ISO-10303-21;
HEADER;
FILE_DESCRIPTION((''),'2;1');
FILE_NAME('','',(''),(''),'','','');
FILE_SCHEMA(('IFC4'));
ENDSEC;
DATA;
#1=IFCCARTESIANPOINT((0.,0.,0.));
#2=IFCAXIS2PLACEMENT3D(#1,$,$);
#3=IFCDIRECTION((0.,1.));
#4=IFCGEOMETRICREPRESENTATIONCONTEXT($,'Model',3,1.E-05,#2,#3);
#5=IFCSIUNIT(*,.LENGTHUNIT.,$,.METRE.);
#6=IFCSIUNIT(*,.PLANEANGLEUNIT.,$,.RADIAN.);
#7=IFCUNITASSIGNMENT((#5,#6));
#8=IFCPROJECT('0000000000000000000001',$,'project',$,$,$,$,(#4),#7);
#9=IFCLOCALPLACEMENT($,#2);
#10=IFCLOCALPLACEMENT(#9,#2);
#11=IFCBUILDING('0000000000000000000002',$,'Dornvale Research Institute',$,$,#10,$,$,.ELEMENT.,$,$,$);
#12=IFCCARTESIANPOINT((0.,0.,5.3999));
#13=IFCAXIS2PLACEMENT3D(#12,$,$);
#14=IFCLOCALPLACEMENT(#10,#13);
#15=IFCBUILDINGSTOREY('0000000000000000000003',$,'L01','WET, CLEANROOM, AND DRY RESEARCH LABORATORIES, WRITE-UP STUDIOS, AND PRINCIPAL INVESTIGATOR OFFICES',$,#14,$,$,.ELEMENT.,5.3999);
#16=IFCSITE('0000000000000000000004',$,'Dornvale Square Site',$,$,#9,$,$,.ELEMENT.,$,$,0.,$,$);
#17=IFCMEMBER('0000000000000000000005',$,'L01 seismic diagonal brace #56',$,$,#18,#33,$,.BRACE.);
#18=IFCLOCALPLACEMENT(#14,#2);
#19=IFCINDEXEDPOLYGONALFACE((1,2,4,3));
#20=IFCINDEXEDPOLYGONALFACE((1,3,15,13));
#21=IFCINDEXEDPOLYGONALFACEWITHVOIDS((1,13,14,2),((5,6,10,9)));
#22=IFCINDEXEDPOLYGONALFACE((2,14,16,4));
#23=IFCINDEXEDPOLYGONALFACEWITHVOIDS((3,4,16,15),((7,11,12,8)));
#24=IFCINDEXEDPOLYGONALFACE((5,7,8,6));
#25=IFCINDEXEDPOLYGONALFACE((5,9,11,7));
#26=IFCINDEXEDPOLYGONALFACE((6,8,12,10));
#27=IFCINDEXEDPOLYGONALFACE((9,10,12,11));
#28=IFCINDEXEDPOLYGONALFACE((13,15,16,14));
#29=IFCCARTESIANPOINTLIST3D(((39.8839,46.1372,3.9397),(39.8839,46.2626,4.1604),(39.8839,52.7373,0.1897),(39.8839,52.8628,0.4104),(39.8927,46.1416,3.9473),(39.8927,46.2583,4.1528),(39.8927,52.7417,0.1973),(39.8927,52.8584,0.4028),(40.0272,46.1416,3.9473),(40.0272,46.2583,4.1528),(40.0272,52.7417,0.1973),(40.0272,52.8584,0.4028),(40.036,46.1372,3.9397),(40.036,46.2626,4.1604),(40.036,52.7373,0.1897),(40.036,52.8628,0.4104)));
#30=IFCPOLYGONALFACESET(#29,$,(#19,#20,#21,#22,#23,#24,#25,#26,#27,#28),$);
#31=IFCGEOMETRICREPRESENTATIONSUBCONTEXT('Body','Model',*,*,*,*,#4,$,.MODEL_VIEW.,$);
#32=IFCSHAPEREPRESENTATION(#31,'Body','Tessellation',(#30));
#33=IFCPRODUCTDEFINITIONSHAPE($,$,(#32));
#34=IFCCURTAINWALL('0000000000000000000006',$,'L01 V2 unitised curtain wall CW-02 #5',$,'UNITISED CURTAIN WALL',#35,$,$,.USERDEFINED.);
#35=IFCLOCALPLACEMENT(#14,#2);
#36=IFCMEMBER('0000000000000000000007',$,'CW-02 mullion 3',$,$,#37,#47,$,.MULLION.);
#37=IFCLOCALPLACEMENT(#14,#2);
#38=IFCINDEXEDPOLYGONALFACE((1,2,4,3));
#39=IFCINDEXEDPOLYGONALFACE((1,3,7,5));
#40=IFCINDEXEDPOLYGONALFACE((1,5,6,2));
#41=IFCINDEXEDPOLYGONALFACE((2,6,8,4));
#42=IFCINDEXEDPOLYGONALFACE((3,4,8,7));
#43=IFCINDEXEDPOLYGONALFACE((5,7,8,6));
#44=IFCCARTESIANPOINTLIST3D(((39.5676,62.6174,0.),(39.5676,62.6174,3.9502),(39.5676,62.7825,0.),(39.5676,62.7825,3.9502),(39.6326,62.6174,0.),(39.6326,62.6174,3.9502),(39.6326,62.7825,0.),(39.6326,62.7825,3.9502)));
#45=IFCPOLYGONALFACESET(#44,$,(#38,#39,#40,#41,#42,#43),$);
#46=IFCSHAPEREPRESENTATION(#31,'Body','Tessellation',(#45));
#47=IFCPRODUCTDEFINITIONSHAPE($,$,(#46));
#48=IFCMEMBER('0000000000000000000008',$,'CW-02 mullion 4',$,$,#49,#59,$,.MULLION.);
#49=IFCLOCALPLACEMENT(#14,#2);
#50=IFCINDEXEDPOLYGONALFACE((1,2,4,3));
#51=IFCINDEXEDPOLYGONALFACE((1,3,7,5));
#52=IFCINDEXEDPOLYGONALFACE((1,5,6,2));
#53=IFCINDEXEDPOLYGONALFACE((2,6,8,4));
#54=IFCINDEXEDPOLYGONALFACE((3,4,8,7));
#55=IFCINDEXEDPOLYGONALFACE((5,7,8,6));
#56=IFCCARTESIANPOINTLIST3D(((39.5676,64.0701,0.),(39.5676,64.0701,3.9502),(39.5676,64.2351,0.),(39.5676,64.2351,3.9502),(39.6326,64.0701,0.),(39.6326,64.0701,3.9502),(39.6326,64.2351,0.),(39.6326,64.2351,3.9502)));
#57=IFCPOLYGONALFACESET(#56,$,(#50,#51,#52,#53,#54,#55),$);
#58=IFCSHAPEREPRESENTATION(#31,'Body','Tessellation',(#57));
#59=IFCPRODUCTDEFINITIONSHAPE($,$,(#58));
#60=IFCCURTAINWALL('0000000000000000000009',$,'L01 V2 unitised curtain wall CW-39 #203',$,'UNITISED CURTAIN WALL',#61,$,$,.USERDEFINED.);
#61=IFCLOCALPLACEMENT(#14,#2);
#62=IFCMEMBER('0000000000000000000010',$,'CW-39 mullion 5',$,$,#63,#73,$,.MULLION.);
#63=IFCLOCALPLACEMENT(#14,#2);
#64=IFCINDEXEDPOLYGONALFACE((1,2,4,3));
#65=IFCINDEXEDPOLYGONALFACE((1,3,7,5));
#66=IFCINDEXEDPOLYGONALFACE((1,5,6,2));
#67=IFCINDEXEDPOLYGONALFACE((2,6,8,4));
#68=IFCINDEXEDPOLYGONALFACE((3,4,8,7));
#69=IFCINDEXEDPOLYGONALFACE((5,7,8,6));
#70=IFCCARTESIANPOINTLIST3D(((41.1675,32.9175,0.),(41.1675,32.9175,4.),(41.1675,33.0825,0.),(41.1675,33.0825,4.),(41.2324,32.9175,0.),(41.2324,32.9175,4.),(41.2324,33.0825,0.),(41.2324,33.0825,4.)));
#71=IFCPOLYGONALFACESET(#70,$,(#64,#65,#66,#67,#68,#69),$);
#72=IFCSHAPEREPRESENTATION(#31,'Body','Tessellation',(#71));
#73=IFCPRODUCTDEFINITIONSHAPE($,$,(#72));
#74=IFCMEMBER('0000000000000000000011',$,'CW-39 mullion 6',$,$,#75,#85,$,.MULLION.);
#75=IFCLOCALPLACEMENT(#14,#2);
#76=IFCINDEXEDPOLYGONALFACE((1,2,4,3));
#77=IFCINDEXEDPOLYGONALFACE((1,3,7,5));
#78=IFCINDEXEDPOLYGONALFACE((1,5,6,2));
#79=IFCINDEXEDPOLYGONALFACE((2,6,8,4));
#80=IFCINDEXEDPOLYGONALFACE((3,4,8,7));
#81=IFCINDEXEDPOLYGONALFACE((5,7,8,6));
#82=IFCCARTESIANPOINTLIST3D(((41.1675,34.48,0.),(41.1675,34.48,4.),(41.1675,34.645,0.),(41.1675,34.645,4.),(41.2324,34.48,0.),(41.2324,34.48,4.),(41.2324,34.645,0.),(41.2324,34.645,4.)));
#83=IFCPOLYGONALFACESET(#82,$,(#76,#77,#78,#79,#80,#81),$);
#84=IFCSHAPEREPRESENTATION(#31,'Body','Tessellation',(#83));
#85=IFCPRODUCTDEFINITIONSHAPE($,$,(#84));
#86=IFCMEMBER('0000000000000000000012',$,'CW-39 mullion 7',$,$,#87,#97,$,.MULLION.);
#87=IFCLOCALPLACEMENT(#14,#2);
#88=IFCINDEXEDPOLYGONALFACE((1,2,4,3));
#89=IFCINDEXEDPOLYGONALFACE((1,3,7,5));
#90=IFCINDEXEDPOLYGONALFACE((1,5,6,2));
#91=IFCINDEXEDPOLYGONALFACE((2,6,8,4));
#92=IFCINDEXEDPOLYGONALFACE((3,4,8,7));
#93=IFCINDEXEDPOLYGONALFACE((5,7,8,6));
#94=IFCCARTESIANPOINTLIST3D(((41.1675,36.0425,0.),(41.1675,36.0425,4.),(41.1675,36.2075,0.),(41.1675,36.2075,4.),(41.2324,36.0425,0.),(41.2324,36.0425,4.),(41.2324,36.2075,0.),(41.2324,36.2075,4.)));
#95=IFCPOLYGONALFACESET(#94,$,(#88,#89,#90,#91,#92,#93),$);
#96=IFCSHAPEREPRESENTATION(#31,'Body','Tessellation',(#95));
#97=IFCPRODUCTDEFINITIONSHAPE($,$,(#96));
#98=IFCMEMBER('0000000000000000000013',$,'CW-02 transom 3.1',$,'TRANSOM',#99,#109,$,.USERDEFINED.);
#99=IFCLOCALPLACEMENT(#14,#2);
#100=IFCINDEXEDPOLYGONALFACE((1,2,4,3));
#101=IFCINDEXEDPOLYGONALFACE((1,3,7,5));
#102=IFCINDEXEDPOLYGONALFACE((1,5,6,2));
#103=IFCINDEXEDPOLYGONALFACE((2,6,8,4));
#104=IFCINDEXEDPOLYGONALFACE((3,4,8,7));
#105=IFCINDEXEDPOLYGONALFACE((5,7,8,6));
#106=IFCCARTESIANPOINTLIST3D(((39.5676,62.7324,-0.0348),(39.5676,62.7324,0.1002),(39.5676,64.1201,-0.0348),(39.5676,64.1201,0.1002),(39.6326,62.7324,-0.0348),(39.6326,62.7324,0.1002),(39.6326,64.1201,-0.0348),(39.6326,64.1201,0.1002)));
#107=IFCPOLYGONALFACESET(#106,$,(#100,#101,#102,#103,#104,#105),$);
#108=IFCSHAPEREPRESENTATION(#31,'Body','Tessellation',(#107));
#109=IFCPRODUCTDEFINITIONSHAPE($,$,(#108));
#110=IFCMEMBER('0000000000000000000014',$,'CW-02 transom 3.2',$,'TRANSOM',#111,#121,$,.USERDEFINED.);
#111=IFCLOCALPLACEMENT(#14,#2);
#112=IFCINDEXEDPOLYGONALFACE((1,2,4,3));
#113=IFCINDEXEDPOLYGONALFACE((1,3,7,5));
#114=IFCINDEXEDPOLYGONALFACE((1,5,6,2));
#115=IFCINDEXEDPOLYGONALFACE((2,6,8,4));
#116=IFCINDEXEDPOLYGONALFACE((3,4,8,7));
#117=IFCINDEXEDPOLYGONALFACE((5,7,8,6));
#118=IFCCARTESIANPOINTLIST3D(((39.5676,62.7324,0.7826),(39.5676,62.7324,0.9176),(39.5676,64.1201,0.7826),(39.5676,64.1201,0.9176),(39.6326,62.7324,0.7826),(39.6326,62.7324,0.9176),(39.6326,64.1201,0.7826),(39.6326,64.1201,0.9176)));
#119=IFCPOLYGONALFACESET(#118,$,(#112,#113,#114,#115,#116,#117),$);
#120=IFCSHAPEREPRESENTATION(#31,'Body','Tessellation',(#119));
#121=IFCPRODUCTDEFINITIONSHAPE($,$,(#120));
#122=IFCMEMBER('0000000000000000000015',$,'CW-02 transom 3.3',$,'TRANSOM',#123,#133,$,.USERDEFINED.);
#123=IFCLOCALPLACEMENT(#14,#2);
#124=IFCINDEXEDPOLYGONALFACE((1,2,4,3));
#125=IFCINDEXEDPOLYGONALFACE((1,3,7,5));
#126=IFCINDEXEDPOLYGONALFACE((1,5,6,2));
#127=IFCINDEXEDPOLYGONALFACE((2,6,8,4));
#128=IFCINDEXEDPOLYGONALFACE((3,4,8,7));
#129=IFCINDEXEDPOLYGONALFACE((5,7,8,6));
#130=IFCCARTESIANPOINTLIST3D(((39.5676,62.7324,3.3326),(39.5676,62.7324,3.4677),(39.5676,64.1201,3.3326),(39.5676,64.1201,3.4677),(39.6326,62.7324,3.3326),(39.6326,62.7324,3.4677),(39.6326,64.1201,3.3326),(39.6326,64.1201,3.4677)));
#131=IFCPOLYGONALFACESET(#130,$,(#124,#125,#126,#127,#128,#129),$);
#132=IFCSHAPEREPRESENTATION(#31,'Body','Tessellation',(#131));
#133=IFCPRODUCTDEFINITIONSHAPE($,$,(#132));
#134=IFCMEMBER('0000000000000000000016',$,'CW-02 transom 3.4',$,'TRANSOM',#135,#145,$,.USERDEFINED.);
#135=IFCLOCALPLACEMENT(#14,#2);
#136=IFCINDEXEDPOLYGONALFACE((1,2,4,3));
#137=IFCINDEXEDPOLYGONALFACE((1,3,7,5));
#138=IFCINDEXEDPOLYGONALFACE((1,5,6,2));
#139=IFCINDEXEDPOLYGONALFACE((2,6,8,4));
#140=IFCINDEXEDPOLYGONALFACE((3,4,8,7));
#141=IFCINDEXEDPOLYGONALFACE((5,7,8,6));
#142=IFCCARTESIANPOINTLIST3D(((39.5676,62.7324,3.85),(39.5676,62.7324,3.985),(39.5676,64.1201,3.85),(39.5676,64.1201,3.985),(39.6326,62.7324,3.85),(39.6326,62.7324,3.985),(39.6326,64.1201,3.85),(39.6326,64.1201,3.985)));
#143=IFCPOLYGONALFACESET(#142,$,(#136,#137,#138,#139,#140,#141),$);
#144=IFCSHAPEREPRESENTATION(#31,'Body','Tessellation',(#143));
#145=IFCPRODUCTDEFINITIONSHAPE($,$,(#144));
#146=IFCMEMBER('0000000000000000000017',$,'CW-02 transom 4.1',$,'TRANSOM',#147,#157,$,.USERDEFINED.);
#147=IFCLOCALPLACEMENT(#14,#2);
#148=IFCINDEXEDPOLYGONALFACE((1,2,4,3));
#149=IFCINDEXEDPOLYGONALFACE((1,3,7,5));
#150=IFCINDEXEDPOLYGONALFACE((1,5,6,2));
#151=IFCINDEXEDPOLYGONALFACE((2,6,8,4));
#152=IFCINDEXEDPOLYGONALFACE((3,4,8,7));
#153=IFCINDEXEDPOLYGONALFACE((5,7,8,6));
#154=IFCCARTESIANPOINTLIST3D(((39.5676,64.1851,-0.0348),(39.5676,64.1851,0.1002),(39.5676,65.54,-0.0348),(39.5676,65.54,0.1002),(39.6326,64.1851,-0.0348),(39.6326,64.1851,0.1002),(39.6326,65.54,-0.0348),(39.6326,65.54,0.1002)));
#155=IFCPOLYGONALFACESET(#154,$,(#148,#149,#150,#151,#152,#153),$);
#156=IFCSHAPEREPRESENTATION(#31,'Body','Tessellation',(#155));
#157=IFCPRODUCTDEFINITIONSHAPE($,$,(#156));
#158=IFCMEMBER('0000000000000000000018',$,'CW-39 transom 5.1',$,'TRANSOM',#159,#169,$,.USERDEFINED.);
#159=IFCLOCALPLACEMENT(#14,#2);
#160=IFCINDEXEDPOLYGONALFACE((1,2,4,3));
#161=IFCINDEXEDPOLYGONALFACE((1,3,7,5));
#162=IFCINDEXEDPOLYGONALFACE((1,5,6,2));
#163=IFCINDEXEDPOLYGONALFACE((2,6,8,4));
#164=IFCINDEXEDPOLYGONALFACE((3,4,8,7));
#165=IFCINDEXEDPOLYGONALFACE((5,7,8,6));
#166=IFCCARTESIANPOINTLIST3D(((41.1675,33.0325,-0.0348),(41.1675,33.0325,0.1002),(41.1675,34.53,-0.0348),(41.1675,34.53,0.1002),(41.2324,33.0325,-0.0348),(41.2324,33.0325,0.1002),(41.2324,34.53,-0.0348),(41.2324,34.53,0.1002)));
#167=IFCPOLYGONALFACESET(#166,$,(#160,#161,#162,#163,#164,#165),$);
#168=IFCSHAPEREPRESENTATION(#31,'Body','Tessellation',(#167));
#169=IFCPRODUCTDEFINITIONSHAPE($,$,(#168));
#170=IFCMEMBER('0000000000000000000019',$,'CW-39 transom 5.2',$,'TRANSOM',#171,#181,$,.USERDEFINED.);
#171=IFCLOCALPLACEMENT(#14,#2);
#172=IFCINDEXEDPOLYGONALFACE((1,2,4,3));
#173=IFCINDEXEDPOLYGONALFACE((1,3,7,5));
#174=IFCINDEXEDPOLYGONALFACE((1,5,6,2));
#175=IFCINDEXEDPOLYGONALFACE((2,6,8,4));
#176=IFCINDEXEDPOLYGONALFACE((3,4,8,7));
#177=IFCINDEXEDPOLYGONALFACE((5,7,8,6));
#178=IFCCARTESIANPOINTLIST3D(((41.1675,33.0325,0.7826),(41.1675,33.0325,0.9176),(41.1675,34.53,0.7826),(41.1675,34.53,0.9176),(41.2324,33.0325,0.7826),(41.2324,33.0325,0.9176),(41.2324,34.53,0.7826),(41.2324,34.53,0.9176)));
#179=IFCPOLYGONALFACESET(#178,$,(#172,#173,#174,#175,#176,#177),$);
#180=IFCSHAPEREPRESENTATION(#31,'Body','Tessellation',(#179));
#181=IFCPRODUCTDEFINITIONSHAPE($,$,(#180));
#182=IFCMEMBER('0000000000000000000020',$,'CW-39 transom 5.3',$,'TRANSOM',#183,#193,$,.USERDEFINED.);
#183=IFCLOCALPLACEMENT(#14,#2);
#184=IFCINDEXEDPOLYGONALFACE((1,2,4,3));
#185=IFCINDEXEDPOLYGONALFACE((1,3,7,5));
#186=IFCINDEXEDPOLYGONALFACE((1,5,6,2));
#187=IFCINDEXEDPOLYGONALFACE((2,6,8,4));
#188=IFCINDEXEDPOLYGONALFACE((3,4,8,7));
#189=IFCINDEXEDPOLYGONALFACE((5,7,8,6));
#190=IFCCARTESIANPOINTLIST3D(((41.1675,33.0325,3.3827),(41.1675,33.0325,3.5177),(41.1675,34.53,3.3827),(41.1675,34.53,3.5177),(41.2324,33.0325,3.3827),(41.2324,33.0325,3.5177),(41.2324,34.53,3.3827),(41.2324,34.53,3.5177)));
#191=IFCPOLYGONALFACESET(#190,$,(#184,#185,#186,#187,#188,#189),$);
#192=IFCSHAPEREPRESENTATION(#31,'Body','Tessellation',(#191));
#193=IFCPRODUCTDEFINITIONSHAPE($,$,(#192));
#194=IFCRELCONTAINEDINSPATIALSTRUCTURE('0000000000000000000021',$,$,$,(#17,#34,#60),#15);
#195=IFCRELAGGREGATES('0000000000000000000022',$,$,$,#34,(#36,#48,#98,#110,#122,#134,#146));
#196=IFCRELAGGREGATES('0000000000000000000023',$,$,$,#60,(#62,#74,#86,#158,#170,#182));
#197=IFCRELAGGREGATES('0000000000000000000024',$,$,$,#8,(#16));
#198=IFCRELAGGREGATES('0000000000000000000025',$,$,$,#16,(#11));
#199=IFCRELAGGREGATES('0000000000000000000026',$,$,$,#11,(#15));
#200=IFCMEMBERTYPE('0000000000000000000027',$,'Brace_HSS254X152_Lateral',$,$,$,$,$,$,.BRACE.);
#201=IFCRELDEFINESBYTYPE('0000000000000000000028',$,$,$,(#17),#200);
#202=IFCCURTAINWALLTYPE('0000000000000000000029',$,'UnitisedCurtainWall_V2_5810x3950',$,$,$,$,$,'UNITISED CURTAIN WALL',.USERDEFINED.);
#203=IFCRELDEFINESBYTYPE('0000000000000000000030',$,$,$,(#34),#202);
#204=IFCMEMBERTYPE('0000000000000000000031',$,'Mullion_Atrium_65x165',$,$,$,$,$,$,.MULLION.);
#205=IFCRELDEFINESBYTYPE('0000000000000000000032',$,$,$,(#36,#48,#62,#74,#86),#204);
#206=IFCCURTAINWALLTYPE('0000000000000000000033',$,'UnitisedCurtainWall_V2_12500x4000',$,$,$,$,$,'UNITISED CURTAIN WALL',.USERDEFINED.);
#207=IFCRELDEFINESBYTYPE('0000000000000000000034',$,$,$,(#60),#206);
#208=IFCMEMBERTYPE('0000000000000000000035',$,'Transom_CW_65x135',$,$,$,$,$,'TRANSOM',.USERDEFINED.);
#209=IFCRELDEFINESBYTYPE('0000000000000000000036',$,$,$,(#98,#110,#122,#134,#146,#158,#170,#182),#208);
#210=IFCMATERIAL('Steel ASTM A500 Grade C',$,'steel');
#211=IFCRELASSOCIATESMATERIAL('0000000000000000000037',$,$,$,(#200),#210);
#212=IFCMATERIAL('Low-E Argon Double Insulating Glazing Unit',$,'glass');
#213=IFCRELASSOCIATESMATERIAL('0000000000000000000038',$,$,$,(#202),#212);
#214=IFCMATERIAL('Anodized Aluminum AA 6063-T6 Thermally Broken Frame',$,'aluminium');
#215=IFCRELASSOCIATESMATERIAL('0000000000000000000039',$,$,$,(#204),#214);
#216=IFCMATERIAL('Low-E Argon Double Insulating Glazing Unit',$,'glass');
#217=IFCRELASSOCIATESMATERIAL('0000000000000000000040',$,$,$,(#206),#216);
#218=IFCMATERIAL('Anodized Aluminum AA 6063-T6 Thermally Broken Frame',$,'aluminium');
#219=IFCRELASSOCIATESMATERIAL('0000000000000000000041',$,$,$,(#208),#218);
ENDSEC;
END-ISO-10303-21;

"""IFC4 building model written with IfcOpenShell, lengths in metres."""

from ifc_helpers import new_model, si_unit, direction, frame, origin, origin_2d, place, context, subcontext, project, spatial, rectangle, hollow_rectangle, extrude, material, material_profile, profile_set, type_object, element, aggregate, save


model = new_model("IFC4")

# Units and contexts
model_context = context("Model", 3, precision=1e-05, world=origin(), true_north=direction((0.0, 1.0)))
body_context = subcontext(model_context, "Body", "Model", "MODEL_VIEW")
ifc_project = project(units=[si_unit("LENGTHUNIT", "METRE"), si_unit("PLANEANGLEUNIT", "RADIAN")], contexts=[model_context])

# Site, building, storey
site_placement = place(None, origin())
site = spatial("IfcSite", under=ifc_project, at=site_placement, Name="Dornvale Square Site", CompositionType="ELEMENT", RefElevation=0.0)
building_placement = place(site_placement, origin())
building = spatial("IfcBuilding", under=site, at=building_placement, Name="Dornvale Research Institute", CompositionType="ELEMENT")
storey_placement = place(building_placement, frame((0.0, 0.0, 5.3999)))
storey = spatial("IfcBuildingStorey", under=building, at=storey_placement, Name="L01", Description="WET, CLEANROOM, AND DRY RESEARCH LABORATORIES, WRITE-UP STUDIOS, AND PRINCIPAL INVESTIGATOR OFFICES", CompositionType="ELEMENT", Elevation=5.3999)

# Member
ifc_material_1 = material(Name="Steel ASTM A500 Grade C", Category="steel")
ifc_material_profile_1 = material_profile(ifc_material_1, hollow_rectangle(XDim=0.1521, YDim=0.2539, WallThickness=0.0088, at=origin_2d()), Name="HSS254X152X9.5")
ifc_profile_set_1 = profile_set([ifc_material_profile_1], Name="Steel ASTM A500 Grade C")
member_type_1 = type_object("IfcMemberType", Name="Brace_HSS254X152_Lateral", PredefinedType="BRACE", material=ifc_profile_set_1)
member_1_placement = place(storey_placement, frame((39.96, 52.8, 0.3), z_axis=(0.0, -0.86946, 0.494004), x_axis=(1.0, 0.0, 0.0)))
element("IfcMember", 1, at=member_1_placement, inside=storey, type_object=member_type_1, Name="L01 seismic diagonal brace #56", PredefinedType="BRACE", context=body_context, shape_type="SweptSolid", body=[
    extrude(hollow_rectangle(XDim=0.1521, YDim=0.2539, WallThickness=0.0088, at=origin_2d()), origin(), (0.0, 0.0, 1.0), 7.5911),
])

# Curtain walls, members
ifc_material_2 = material(Name="Low-E Argon Double Insulating Glazing Unit", Category="glass")
curtain_wall_type_1 = type_object("IfcCurtainWallType", Name="UnitisedCurtainWall_V2_5810x3950", ElementType="UNITISED CURTAIN WALL", PredefinedType="USERDEFINED", material=ifc_material_2)
curtain_wall_1_placement = place(storey_placement, origin())
curtain_wall_1 = element("IfcCurtainWall", 2, at=curtain_wall_1_placement, inside=storey, type_object=curtain_wall_type_1, Name="L01 V2 unitised curtain wall CW-02 #5", ObjectType="UNITISED CURTAIN WALL", PredefinedType="USERDEFINED")
ifc_material_3 = material(Name="Anodized Aluminum AA 6063-T6 Thermally Broken Frame", Category="aluminium")
ifc_material_profile_2 = material_profile(ifc_material_3, rectangle(XDim=0.0649, YDim=0.165, at=origin_2d()), Name="ALU MULLION 65x165")
ifc_profile_set_2 = profile_set([ifc_material_profile_2], Name="Anodized Aluminum AA 6063-T6 Thermally Broken Frame")
member_type_2 = type_object("IfcMemberType", Name="Mullion_Atrium_65x165", PredefinedType="MULLION", material=ifc_profile_set_2)
member_2_placement = place(storey_placement, frame((39.6001, 62.7, 0.0), z_axis=(0.0, 0.0, 1.0), x_axis=(-1.0, 0.0, 0.0)))
member_2 = element("IfcMember", 3, at=member_2_placement, type_object=member_type_2, Name="CW-02 mullion 3", PredefinedType="MULLION", context=body_context, shape_type="SweptSolid", body=[
    extrude(rectangle(XDim=0.0649, YDim=0.165, at=origin_2d()), origin(), (0.0, 0.0, 1.0), 3.9502),
])
member_3_placement = place(storey_placement, frame((39.6001, 64.1526, 0.0), z_axis=(0.0, 0.0, 1.0), x_axis=(-1.0, 0.0, 0.0)))
member_3 = element("IfcMember", 4, at=member_3_placement, type_object=member_type_2, Name="CW-02 mullion 4", PredefinedType="MULLION", context=body_context, shape_type="SweptSolid", body=[
    extrude(rectangle(XDim=0.0649, YDim=0.165, at=origin_2d()), origin(), (0.0, 0.0, 1.0), 3.9502),
])
ifc_material_4 = material(Name="Low-E Argon Double Insulating Glazing Unit", Category="glass")
curtain_wall_type_2 = type_object("IfcCurtainWallType", Name="UnitisedCurtainWall_V2_12500x4000", ElementType="UNITISED CURTAIN WALL", PredefinedType="USERDEFINED", material=ifc_material_4)
curtain_wall_2_placement = place(storey_placement, origin())
curtain_wall_2 = element("IfcCurtainWall", 5, at=curtain_wall_2_placement, inside=storey, type_object=curtain_wall_type_2, Name="L01 V2 unitised curtain wall CW-39 #203", ObjectType="UNITISED CURTAIN WALL", PredefinedType="USERDEFINED")
member_4_placement = place(storey_placement, frame((41.2, 33.0, 0.0), z_axis=(0.0, 0.0, 1.0), x_axis=(-1.0, 0.0, 0.0)))
member_4 = element("IfcMember", 6, at=member_4_placement, type_object=member_type_2, Name="CW-39 mullion 5", PredefinedType="MULLION", context=body_context, shape_type="SweptSolid", body=[
    extrude(rectangle(XDim=0.0649, YDim=0.165, at=origin_2d()), origin(), (0.0, 0.0, 1.0), 4.0),
])
member_5_placement = place(storey_placement, frame((41.2, 34.5625, 0.0), z_axis=(0.0, 0.0, 1.0), x_axis=(-1.0, 0.0, 0.0)))
member_5 = element("IfcMember", 7, at=member_5_placement, type_object=member_type_2, Name="CW-39 mullion 6", PredefinedType="MULLION", context=body_context, shape_type="SweptSolid", body=[
    extrude(rectangle(XDim=0.0649, YDim=0.165, at=origin_2d()), origin(), (0.0, 0.0, 1.0), 4.0),
])
member_6_placement = place(storey_placement, frame((41.2, 36.125, 0.0), z_axis=(0.0, 0.0, 1.0), x_axis=(-1.0, 0.0, 0.0)))
member_6 = element("IfcMember", 8, at=member_6_placement, type_object=member_type_2, Name="CW-39 mullion 7", PredefinedType="MULLION", context=body_context, shape_type="SweptSolid", body=[
    extrude(rectangle(XDim=0.0649, YDim=0.165, at=origin_2d()), origin(), (0.0, 0.0, 1.0), 4.0),
])

# Members
ifc_material_5 = material(Name="Anodized Aluminum AA 6063-T6 Thermally Broken Frame", Category="aluminium")
ifc_material_profile_3 = material_profile(ifc_material_5, rectangle(XDim=0.0649, YDim=0.135, at=origin_2d()), Name="ALU TRANSOM 65x135")
ifc_profile_set_3 = profile_set([ifc_material_profile_3], Name="Anodized Aluminum AA 6063-T6 Thermally Broken Frame")
member_type_3 = type_object("IfcMemberType", Name="Transom_CW_65x135", ElementType="TRANSOM", PredefinedType="USERDEFINED", material=ifc_profile_set_3)
member_7_placement = place(storey_placement, frame((39.6001, 62.7324, 0.0327), z_axis=(0.0, 1.0, 0.0), x_axis=(-1.0, 0.0, 0.0)))
member_7 = element("IfcMember", 9, at=member_7_placement, type_object=member_type_3, Name="CW-02 transom 3.1", ObjectType="TRANSOM", PredefinedType="USERDEFINED", context=body_context, shape_type="SweptSolid", body=[
    extrude(rectangle(XDim=0.0649, YDim=0.135, at=origin_2d()), origin(), (0.0, 0.0, 1.0), 1.3877),
])
member_8_placement = place(storey_placement, frame((39.6001, 62.7324, 0.8501), z_axis=(0.0, 1.0, 0.0), x_axis=(-1.0, 0.0, 0.0)))
member_8 = element("IfcMember", 10, at=member_8_placement, type_object=member_type_3, Name="CW-02 transom 3.2", ObjectType="TRANSOM", PredefinedType="USERDEFINED", context=body_context, shape_type="SweptSolid", body=[
    extrude(rectangle(XDim=0.0649, YDim=0.135, at=origin_2d()), origin(), (0.0, 0.0, 1.0), 1.3877),
])
member_9_placement = place(storey_placement, frame((39.6001, 62.7324, 3.4001), z_axis=(0.0, 1.0, 0.0), x_axis=(-1.0, 0.0, 0.0)))
member_9 = element("IfcMember", 11, at=member_9_placement, type_object=member_type_3, Name="CW-02 transom 3.3", ObjectType="TRANSOM", PredefinedType="USERDEFINED", context=body_context, shape_type="SweptSolid", body=[
    extrude(rectangle(XDim=0.0649, YDim=0.135, at=origin_2d()), origin(), (0.0, 0.0, 1.0), 1.3877),
])
member_10_placement = place(storey_placement, frame((39.6001, 62.7324, 3.9175), z_axis=(0.0, 1.0, 0.0), x_axis=(-1.0, 0.0, 0.0)))
member_10 = element("IfcMember", 12, at=member_10_placement, type_object=member_type_3, Name="CW-02 transom 3.4", ObjectType="TRANSOM", PredefinedType="USERDEFINED", context=body_context, shape_type="SweptSolid", body=[
    extrude(rectangle(XDim=0.0649, YDim=0.135, at=origin_2d()), origin(), (0.0, 0.0, 1.0), 1.3877),
])
member_11_placement = place(storey_placement, frame((39.6001, 64.1851, 0.0327), z_axis=(0.0, 1.0, 0.0), x_axis=(-1.0, 0.0, 0.0)))
member_11 = element("IfcMember", 13, at=member_11_placement, type_object=member_type_3, Name="CW-02 transom 4.1", ObjectType="TRANSOM", PredefinedType="USERDEFINED", context=body_context, shape_type="SweptSolid", body=[
    extrude(rectangle(XDim=0.0649, YDim=0.135, at=origin_2d()), origin(), (0.0, 0.0, 1.0), 1.355),
])
member_12_placement = place(storey_placement, frame((41.2, 33.0325, 0.0327), z_axis=(0.0, 1.0, 0.0), x_axis=(-1.0, 0.0, 0.0)))
member_12 = element("IfcMember", 14, at=member_12_placement, type_object=member_type_3, Name="CW-39 transom 5.1", ObjectType="TRANSOM", PredefinedType="USERDEFINED", context=body_context, shape_type="SweptSolid", body=[
    extrude(rectangle(XDim=0.0649, YDim=0.135, at=origin_2d()), origin(), (0.0, 0.0, 1.0), 1.4976),
])
member_13_placement = place(storey_placement, frame((41.2, 33.0325, 0.8501), z_axis=(0.0, 1.0, 0.0), x_axis=(-1.0, 0.0, 0.0)))
member_13 = element("IfcMember", 15, at=member_13_placement, type_object=member_type_3, Name="CW-39 transom 5.2", ObjectType="TRANSOM", PredefinedType="USERDEFINED", context=body_context, shape_type="SweptSolid", body=[
    extrude(rectangle(XDim=0.0649, YDim=0.135, at=origin_2d()), origin(), (0.0, 0.0, 1.0), 1.4976),
])
member_14_placement = place(storey_placement, frame((41.2, 33.0325, 3.4502), z_axis=(0.0, 1.0, 0.0), x_axis=(-1.0, 0.0, 0.0)))
member_14 = element("IfcMember", 16, at=member_14_placement, type_object=member_type_3, Name="CW-39 transom 5.3", ObjectType="TRANSOM", PredefinedType="USERDEFINED", context=body_context, shape_type="SweptSolid", body=[
    extrude(rectangle(XDim=0.0649, YDim=0.135, at=origin_2d()), origin(), (0.0, 0.0, 1.0), 1.4976),
])

aggregate(curtain_wall_1, [member_2, member_3, member_7, member_8, member_9, member_10, member_11])
aggregate(curtain_wall_2, [member_4, member_5, member_6, member_12, member_13, member_14])

save(model, "model.ifc")
